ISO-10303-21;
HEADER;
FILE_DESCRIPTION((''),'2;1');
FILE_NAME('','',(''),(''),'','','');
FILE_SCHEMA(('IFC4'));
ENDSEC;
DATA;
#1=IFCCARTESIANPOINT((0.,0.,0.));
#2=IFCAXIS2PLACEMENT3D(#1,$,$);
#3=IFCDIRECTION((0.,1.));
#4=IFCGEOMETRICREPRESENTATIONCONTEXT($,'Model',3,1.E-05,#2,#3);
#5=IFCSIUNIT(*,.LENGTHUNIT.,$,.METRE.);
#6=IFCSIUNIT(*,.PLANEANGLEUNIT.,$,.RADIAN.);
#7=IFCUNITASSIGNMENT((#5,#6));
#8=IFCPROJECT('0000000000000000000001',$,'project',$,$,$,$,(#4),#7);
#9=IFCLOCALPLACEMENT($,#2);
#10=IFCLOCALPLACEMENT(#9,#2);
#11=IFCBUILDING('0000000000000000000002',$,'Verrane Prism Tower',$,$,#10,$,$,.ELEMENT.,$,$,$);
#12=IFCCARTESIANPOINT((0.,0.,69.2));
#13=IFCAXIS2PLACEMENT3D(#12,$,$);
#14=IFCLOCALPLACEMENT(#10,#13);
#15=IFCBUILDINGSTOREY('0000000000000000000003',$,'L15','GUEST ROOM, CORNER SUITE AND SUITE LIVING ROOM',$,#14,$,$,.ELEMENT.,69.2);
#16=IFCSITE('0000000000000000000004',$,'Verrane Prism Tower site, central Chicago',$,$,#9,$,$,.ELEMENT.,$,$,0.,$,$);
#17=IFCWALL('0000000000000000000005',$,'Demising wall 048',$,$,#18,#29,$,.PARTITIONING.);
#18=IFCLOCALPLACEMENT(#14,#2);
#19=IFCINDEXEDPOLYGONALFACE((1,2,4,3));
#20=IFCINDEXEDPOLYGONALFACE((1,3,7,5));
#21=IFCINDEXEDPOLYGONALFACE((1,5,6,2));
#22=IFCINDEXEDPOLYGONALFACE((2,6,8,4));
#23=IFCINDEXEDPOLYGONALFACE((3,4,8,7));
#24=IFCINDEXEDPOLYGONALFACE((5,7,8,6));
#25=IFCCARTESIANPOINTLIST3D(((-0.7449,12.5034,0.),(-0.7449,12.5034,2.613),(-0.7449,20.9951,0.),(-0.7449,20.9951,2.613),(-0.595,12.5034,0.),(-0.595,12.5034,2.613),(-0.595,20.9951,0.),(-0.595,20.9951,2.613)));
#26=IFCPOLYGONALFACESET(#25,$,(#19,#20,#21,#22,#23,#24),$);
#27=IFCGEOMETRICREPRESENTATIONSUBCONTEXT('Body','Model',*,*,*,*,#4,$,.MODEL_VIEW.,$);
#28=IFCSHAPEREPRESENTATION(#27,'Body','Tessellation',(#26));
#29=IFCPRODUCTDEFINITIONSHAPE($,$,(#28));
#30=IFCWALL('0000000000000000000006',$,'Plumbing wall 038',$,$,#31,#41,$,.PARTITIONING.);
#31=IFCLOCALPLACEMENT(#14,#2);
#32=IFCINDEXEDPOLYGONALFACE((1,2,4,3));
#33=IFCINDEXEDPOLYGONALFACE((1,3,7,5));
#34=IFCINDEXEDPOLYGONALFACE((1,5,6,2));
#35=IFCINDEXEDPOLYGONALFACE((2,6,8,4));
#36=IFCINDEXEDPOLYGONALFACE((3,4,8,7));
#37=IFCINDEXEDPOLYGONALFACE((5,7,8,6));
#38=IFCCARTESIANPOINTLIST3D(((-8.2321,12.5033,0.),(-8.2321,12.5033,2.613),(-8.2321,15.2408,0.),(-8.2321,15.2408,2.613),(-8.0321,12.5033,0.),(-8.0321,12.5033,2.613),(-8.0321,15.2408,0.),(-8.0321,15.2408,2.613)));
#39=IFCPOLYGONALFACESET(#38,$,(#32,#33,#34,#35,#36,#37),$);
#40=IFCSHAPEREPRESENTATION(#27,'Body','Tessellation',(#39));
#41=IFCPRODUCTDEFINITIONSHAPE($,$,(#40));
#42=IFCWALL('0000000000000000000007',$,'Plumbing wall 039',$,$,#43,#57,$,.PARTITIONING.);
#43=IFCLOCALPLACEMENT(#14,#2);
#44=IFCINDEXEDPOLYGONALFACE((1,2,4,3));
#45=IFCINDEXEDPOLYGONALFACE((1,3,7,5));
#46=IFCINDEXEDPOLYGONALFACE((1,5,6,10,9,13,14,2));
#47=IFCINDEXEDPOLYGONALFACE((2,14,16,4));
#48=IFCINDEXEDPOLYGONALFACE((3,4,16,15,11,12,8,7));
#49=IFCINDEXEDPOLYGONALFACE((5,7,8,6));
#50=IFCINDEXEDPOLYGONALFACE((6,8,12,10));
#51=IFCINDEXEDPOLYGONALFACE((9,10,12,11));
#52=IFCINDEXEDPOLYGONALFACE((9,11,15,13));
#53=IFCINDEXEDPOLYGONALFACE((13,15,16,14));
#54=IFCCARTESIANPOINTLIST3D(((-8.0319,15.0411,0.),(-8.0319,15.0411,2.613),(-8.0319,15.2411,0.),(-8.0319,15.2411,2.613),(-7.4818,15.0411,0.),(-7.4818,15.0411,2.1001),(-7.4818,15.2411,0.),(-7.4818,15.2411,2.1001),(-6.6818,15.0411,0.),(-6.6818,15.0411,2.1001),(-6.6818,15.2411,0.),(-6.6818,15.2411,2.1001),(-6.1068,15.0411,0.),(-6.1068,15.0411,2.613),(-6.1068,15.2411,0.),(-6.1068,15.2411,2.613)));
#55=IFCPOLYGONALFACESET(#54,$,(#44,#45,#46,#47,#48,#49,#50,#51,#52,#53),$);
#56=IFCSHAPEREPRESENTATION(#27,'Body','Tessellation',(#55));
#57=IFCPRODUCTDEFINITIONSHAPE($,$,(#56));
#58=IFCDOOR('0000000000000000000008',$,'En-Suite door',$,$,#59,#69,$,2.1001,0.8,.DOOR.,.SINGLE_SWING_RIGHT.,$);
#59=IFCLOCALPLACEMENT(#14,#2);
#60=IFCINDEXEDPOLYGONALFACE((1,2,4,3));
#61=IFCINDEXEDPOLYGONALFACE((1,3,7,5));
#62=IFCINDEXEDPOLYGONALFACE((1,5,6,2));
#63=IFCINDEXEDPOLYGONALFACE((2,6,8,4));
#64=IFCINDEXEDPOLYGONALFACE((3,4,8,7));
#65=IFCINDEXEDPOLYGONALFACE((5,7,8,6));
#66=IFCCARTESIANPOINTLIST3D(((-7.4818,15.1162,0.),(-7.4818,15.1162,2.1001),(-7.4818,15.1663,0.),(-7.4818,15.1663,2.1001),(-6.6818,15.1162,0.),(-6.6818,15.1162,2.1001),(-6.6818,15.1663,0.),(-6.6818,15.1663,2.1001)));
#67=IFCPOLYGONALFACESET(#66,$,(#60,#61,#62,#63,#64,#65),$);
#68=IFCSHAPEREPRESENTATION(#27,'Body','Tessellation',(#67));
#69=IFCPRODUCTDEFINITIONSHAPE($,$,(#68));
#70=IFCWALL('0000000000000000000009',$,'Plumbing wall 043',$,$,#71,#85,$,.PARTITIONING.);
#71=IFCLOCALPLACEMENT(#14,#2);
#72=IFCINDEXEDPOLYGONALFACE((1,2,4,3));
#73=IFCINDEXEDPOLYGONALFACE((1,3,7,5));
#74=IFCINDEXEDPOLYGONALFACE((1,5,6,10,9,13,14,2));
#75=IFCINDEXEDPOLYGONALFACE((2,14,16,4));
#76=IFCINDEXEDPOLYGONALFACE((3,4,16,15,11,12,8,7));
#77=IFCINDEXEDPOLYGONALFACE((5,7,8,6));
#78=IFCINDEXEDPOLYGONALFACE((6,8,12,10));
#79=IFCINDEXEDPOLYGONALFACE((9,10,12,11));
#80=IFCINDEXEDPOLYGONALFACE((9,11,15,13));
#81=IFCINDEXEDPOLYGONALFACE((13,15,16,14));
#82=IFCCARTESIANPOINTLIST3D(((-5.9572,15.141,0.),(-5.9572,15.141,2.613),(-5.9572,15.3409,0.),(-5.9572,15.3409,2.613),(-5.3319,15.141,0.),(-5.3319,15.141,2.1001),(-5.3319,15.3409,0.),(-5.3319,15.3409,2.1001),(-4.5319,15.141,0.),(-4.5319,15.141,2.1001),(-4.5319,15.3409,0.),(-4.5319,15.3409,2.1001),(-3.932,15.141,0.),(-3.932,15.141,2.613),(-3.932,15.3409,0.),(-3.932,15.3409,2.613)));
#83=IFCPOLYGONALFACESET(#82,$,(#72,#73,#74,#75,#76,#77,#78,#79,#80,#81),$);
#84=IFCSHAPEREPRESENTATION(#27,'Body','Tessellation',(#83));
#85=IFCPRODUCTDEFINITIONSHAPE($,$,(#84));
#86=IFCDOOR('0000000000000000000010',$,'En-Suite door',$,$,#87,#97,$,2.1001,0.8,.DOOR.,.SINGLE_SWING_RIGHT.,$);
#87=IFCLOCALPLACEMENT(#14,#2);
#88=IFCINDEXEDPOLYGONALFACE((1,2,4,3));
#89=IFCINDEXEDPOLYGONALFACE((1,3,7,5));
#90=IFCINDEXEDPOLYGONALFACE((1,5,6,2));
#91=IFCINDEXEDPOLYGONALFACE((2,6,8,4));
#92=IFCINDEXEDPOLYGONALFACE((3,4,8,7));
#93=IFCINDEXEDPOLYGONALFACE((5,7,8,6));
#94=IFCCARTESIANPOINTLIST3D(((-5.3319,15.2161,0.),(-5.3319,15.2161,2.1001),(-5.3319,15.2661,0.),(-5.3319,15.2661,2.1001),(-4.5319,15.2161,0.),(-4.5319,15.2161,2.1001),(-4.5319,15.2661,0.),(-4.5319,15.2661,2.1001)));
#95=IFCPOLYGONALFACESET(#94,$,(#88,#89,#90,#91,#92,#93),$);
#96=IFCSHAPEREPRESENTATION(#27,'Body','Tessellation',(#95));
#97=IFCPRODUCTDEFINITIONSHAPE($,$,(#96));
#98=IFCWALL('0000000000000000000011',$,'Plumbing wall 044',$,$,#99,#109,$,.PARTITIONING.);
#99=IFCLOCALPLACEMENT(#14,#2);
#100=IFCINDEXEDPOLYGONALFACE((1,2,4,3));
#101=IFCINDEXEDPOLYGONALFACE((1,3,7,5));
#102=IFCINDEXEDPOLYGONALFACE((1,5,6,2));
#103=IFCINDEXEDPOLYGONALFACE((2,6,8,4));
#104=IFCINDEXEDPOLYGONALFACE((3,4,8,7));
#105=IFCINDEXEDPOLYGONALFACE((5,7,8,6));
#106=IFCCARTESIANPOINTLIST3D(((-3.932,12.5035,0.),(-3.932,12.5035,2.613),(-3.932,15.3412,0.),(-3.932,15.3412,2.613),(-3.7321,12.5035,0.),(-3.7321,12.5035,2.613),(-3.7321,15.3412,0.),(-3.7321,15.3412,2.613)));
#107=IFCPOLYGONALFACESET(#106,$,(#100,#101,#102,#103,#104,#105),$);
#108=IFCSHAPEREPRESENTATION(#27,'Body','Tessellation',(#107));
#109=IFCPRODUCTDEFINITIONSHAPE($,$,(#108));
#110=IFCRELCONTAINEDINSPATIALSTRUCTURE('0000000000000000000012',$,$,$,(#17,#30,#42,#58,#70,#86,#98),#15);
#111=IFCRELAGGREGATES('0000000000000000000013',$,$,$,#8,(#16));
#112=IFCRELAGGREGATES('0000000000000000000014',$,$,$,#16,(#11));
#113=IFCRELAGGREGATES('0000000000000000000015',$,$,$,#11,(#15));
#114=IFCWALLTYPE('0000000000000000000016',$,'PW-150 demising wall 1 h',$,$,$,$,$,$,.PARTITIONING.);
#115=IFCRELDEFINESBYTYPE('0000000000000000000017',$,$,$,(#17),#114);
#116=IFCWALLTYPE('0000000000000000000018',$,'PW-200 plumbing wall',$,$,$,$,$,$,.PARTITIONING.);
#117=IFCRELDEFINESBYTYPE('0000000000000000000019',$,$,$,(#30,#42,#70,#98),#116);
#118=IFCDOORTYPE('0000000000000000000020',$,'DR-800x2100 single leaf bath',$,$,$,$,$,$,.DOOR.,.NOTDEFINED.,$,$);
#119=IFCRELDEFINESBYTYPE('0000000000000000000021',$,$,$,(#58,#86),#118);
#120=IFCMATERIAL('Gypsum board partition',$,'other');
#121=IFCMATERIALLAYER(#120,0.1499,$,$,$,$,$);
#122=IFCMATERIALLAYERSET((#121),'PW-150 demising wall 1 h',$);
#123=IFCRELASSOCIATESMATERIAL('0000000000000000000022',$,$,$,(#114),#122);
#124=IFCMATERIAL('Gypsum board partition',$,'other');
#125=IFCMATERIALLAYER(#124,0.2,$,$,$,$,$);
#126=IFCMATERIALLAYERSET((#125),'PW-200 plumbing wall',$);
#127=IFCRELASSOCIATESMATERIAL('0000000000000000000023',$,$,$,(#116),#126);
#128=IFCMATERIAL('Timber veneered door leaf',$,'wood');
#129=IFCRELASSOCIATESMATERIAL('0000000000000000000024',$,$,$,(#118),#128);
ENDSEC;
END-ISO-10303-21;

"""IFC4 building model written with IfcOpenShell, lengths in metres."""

from ifc_helpers import new_model, si_unit, direction, frame, frame_2d, origin, place, context, subcontext, project, spatial, rectangle, extrude, material, layer, layer_set, type_object, element, fill, save


model = new_model("IFC4")

# Units and contexts
model_context = context("Model", 3, precision=1e-05, world=origin(), true_north=direction((0.0, 1.0)))
body_context = subcontext(model_context, "Body", "Model", "MODEL_VIEW")
ifc_project = project(units=[si_unit("LENGTHUNIT", "METRE"), si_unit("PLANEANGLEUNIT", "RADIAN")], contexts=[model_context])

# Site, building, storey
site_placement = place(None, origin())
site = spatial("IfcSite", under=ifc_project, at=site_placement, Name="Verrane Prism Tower site, central Chicago", CompositionType="ELEMENT", RefElevation=0.0)
building_placement = place(site_placement, origin())
building = spatial("IfcBuilding", under=site, at=building_placement, Name="Verrane Prism Tower", CompositionType="ELEMENT")
storey_placement = place(building_placement, frame((0.0, 0.0, 69.2)))
storey = spatial("IfcBuildingStorey", under=building, at=storey_placement, Name="L15", Description="GUEST ROOM, CORNER SUITE AND SUITE LIVING ROOM", CompositionType="ELEMENT", Elevation=69.2)

# Walls
ifc_material_1 = material(Name="Gypsum board partition", Category="other")
ifc_layer_1 = layer(ifc_material_1, 0.1499)
ifc_layer_set_1 = layer_set([ifc_layer_1], Name="PW-150 demising wall 1 h")
wall_type_1 = type_object("IfcWallType", Name="PW-150 demising wall 1 h", PredefinedType="PARTITIONING", material=ifc_layer_set_1)
for number, where, z_axis, x_axis, name in (
    (1, (-0.6699, 12.5034, 0.0), (0.0, 0.0, 1.0), (0.0, 1.0, 0.0), "Demising wall 048"),
):
    element("IfcWall", number, at=place(storey_placement, frame(where, z_axis=z_axis, x_axis=x_axis)), inside=storey, type_object=wall_type_1, Name=name, PredefinedType="PARTITIONING", context=body_context, shape_type="SweptSolid", body=[
        extrude(rectangle(XDim=8.4917, YDim=0.1499, at=frame_2d((4.2458, 0.0))), origin(), (0.0, 0.0, 1.0), 2.613),
    ])
ifc_material_2 = material(Name="Gypsum board partition", Category="other")
ifc_layer_2 = layer(ifc_material_2, 0.2)
ifc_layer_set_2 = layer_set([ifc_layer_2], Name="PW-200 plumbing wall")
wall_type_2 = type_object("IfcWallType", Name="PW-200 plumbing wall", PredefinedType="PARTITIONING", material=ifc_layer_set_2)
wall_1_placement = place(storey_placement, frame((-8.1321, 12.5034, 0.0), z_axis=(0.0, 0.0, 1.0), x_axis=(0.0, 1.0, 0.0)))
element("IfcWall", 2, at=wall_1_placement, inside=storey, type_object=wall_type_2, Name="Plumbing wall 038", PredefinedType="PARTITIONING", context=body_context, shape_type="SweptSolid", body=[
    extrude(rectangle(XDim=2.7375, YDim=0.2, at=frame_2d((1.3687, 0.0))), origin(), (0.0, 0.0, 1.0), 2.613),
])

# Walls, openings, doors
wall_2_placement = place(storey_placement, frame((-6.1069, 15.1411, 0.0), z_axis=(0.0, 0.0, 1.0), x_axis=(-1.0, 0.0, 0.0)))
wall_2 = element("IfcWall", 3, at=wall_2_placement, inside=storey, type_object=wall_type_2, Name="Plumbing wall 039", PredefinedType="PARTITIONING", context=body_context, shape_type="SweptSolid", body=[
    extrude(rectangle(XDim=1.925, YDim=0.2, at=frame_2d((0.9624, 0.0))), origin(), (0.0, 0.0, 1.0), 2.613),
])
opening_1_placement = place(wall_2_placement, frame((0.575, 0.0, 0.0)))
opening_1 = element("IfcOpeningElement", 4, at=opening_1_placement, cuts=wall_2, PredefinedType="OPENING", context=body_context, shape_type="SweptSolid", body=[
    extrude(rectangle(XDim=0.8, YDim=2.1001, at=frame_2d((0.3999, 1.05))), frame((0.0, 0.1099, 0.0), z_axis=(0.0, -1.0, 0.0), x_axis=(1.0, 0.0, 0.0)), (0.0, 0.0, 1.0), 0.22),
])
ifc_material_3 = material(Name="Timber veneered door leaf", Category="wood")
door_type = type_object("IfcDoorType", Name="DR-800x2100 single leaf bath", OperationType="NOTDEFINED", PredefinedType="DOOR", material=ifc_material_3)
door_1_placement = place(opening_1_placement, origin())
door_1 = element("IfcDoor", 5, at=door_1_placement, inside=storey, type_object=door_type, Name="En-Suite door", OperationType="SINGLE_SWING_RIGHT", OverallHeight=2.1001, OverallWidth=0.8, PredefinedType="DOOR", context=body_context, shape_type="SweptSolid", body=[
    extrude(rectangle(XDim=0.8, YDim=2.1001, at=frame_2d((0.3999, 1.05))), frame((0.0, 0.0249, 0.0), z_axis=(0.0, -1.0, 0.0), x_axis=(1.0, 0.0, 0.0)), (0.0, 0.0, 1.0), 0.05),
])
fill(opening_1, door_1)
wall_3_placement = place(storey_placement, frame((-3.9319, 15.241, 0.0), z_axis=(0.0, 0.0, 1.0), x_axis=(-1.0, 0.0, 0.0)))
wall_3 = element("IfcWall", 6, at=wall_3_placement, inside=storey, type_object=wall_type_2, Name="Plumbing wall 043", PredefinedType="PARTITIONING", context=body_context, shape_type="SweptSolid", body=[
    extrude(rectangle(XDim=2.0251, YDim=0.2, at=frame_2d((1.0127, 0.0))), origin(), (0.0, 0.0, 1.0), 2.613),
])
opening_2_placement = place(wall_3_placement, frame((0.6001, 0.0, 0.0)))
opening_2 = element("IfcOpeningElement", 7, at=opening_2_placement, cuts=wall_3, PredefinedType="OPENING", context=body_context, shape_type="SweptSolid", body=[
    extrude(rectangle(XDim=0.8, YDim=2.1001, at=frame_2d((0.3999, 1.05))), frame((0.0, 0.1099, 0.0), z_axis=(0.0, -1.0, 0.0), x_axis=(1.0, 0.0, 0.0)), (0.0, 0.0, 1.0), 0.22),
])
door_2_placement = place(opening_2_placement, origin())
door_2 = element("IfcDoor", 8, at=door_2_placement, inside=storey, type_object=door_type, Name="En-Suite door", OperationType="SINGLE_SWING_RIGHT", OverallHeight=2.1001, OverallWidth=0.8, PredefinedType="DOOR", context=body_context, shape_type="SweptSolid", body=[
    extrude(rectangle(XDim=0.8, YDim=2.1001, at=frame_2d((0.3999, 1.05))), frame((0.0, 0.0249, 0.0), z_axis=(0.0, -1.0, 0.0), x_axis=(1.0, 0.0, 0.0)), (0.0, 0.0, 1.0), 0.05),
])
fill(opening_2, door_2)

# Wall
wall_4_placement = place(storey_placement, frame((-3.832, 12.5034, 0.0), z_axis=(0.0, 0.0, 1.0), x_axis=(0.0, 1.0, 0.0)))
element("IfcWall", 9, at=wall_4_placement, inside=storey, type_object=wall_type_2, Name="Plumbing wall 044", PredefinedType="PARTITIONING", context=body_context, shape_type="SweptSolid", body=[
    extrude(rectangle(XDim=2.8376, YDim=0.2, at=frame_2d((1.4189, 0.0))), origin(), (0.0, 0.0, 1.0), 2.613),
])

save(model, "model.ifc")
